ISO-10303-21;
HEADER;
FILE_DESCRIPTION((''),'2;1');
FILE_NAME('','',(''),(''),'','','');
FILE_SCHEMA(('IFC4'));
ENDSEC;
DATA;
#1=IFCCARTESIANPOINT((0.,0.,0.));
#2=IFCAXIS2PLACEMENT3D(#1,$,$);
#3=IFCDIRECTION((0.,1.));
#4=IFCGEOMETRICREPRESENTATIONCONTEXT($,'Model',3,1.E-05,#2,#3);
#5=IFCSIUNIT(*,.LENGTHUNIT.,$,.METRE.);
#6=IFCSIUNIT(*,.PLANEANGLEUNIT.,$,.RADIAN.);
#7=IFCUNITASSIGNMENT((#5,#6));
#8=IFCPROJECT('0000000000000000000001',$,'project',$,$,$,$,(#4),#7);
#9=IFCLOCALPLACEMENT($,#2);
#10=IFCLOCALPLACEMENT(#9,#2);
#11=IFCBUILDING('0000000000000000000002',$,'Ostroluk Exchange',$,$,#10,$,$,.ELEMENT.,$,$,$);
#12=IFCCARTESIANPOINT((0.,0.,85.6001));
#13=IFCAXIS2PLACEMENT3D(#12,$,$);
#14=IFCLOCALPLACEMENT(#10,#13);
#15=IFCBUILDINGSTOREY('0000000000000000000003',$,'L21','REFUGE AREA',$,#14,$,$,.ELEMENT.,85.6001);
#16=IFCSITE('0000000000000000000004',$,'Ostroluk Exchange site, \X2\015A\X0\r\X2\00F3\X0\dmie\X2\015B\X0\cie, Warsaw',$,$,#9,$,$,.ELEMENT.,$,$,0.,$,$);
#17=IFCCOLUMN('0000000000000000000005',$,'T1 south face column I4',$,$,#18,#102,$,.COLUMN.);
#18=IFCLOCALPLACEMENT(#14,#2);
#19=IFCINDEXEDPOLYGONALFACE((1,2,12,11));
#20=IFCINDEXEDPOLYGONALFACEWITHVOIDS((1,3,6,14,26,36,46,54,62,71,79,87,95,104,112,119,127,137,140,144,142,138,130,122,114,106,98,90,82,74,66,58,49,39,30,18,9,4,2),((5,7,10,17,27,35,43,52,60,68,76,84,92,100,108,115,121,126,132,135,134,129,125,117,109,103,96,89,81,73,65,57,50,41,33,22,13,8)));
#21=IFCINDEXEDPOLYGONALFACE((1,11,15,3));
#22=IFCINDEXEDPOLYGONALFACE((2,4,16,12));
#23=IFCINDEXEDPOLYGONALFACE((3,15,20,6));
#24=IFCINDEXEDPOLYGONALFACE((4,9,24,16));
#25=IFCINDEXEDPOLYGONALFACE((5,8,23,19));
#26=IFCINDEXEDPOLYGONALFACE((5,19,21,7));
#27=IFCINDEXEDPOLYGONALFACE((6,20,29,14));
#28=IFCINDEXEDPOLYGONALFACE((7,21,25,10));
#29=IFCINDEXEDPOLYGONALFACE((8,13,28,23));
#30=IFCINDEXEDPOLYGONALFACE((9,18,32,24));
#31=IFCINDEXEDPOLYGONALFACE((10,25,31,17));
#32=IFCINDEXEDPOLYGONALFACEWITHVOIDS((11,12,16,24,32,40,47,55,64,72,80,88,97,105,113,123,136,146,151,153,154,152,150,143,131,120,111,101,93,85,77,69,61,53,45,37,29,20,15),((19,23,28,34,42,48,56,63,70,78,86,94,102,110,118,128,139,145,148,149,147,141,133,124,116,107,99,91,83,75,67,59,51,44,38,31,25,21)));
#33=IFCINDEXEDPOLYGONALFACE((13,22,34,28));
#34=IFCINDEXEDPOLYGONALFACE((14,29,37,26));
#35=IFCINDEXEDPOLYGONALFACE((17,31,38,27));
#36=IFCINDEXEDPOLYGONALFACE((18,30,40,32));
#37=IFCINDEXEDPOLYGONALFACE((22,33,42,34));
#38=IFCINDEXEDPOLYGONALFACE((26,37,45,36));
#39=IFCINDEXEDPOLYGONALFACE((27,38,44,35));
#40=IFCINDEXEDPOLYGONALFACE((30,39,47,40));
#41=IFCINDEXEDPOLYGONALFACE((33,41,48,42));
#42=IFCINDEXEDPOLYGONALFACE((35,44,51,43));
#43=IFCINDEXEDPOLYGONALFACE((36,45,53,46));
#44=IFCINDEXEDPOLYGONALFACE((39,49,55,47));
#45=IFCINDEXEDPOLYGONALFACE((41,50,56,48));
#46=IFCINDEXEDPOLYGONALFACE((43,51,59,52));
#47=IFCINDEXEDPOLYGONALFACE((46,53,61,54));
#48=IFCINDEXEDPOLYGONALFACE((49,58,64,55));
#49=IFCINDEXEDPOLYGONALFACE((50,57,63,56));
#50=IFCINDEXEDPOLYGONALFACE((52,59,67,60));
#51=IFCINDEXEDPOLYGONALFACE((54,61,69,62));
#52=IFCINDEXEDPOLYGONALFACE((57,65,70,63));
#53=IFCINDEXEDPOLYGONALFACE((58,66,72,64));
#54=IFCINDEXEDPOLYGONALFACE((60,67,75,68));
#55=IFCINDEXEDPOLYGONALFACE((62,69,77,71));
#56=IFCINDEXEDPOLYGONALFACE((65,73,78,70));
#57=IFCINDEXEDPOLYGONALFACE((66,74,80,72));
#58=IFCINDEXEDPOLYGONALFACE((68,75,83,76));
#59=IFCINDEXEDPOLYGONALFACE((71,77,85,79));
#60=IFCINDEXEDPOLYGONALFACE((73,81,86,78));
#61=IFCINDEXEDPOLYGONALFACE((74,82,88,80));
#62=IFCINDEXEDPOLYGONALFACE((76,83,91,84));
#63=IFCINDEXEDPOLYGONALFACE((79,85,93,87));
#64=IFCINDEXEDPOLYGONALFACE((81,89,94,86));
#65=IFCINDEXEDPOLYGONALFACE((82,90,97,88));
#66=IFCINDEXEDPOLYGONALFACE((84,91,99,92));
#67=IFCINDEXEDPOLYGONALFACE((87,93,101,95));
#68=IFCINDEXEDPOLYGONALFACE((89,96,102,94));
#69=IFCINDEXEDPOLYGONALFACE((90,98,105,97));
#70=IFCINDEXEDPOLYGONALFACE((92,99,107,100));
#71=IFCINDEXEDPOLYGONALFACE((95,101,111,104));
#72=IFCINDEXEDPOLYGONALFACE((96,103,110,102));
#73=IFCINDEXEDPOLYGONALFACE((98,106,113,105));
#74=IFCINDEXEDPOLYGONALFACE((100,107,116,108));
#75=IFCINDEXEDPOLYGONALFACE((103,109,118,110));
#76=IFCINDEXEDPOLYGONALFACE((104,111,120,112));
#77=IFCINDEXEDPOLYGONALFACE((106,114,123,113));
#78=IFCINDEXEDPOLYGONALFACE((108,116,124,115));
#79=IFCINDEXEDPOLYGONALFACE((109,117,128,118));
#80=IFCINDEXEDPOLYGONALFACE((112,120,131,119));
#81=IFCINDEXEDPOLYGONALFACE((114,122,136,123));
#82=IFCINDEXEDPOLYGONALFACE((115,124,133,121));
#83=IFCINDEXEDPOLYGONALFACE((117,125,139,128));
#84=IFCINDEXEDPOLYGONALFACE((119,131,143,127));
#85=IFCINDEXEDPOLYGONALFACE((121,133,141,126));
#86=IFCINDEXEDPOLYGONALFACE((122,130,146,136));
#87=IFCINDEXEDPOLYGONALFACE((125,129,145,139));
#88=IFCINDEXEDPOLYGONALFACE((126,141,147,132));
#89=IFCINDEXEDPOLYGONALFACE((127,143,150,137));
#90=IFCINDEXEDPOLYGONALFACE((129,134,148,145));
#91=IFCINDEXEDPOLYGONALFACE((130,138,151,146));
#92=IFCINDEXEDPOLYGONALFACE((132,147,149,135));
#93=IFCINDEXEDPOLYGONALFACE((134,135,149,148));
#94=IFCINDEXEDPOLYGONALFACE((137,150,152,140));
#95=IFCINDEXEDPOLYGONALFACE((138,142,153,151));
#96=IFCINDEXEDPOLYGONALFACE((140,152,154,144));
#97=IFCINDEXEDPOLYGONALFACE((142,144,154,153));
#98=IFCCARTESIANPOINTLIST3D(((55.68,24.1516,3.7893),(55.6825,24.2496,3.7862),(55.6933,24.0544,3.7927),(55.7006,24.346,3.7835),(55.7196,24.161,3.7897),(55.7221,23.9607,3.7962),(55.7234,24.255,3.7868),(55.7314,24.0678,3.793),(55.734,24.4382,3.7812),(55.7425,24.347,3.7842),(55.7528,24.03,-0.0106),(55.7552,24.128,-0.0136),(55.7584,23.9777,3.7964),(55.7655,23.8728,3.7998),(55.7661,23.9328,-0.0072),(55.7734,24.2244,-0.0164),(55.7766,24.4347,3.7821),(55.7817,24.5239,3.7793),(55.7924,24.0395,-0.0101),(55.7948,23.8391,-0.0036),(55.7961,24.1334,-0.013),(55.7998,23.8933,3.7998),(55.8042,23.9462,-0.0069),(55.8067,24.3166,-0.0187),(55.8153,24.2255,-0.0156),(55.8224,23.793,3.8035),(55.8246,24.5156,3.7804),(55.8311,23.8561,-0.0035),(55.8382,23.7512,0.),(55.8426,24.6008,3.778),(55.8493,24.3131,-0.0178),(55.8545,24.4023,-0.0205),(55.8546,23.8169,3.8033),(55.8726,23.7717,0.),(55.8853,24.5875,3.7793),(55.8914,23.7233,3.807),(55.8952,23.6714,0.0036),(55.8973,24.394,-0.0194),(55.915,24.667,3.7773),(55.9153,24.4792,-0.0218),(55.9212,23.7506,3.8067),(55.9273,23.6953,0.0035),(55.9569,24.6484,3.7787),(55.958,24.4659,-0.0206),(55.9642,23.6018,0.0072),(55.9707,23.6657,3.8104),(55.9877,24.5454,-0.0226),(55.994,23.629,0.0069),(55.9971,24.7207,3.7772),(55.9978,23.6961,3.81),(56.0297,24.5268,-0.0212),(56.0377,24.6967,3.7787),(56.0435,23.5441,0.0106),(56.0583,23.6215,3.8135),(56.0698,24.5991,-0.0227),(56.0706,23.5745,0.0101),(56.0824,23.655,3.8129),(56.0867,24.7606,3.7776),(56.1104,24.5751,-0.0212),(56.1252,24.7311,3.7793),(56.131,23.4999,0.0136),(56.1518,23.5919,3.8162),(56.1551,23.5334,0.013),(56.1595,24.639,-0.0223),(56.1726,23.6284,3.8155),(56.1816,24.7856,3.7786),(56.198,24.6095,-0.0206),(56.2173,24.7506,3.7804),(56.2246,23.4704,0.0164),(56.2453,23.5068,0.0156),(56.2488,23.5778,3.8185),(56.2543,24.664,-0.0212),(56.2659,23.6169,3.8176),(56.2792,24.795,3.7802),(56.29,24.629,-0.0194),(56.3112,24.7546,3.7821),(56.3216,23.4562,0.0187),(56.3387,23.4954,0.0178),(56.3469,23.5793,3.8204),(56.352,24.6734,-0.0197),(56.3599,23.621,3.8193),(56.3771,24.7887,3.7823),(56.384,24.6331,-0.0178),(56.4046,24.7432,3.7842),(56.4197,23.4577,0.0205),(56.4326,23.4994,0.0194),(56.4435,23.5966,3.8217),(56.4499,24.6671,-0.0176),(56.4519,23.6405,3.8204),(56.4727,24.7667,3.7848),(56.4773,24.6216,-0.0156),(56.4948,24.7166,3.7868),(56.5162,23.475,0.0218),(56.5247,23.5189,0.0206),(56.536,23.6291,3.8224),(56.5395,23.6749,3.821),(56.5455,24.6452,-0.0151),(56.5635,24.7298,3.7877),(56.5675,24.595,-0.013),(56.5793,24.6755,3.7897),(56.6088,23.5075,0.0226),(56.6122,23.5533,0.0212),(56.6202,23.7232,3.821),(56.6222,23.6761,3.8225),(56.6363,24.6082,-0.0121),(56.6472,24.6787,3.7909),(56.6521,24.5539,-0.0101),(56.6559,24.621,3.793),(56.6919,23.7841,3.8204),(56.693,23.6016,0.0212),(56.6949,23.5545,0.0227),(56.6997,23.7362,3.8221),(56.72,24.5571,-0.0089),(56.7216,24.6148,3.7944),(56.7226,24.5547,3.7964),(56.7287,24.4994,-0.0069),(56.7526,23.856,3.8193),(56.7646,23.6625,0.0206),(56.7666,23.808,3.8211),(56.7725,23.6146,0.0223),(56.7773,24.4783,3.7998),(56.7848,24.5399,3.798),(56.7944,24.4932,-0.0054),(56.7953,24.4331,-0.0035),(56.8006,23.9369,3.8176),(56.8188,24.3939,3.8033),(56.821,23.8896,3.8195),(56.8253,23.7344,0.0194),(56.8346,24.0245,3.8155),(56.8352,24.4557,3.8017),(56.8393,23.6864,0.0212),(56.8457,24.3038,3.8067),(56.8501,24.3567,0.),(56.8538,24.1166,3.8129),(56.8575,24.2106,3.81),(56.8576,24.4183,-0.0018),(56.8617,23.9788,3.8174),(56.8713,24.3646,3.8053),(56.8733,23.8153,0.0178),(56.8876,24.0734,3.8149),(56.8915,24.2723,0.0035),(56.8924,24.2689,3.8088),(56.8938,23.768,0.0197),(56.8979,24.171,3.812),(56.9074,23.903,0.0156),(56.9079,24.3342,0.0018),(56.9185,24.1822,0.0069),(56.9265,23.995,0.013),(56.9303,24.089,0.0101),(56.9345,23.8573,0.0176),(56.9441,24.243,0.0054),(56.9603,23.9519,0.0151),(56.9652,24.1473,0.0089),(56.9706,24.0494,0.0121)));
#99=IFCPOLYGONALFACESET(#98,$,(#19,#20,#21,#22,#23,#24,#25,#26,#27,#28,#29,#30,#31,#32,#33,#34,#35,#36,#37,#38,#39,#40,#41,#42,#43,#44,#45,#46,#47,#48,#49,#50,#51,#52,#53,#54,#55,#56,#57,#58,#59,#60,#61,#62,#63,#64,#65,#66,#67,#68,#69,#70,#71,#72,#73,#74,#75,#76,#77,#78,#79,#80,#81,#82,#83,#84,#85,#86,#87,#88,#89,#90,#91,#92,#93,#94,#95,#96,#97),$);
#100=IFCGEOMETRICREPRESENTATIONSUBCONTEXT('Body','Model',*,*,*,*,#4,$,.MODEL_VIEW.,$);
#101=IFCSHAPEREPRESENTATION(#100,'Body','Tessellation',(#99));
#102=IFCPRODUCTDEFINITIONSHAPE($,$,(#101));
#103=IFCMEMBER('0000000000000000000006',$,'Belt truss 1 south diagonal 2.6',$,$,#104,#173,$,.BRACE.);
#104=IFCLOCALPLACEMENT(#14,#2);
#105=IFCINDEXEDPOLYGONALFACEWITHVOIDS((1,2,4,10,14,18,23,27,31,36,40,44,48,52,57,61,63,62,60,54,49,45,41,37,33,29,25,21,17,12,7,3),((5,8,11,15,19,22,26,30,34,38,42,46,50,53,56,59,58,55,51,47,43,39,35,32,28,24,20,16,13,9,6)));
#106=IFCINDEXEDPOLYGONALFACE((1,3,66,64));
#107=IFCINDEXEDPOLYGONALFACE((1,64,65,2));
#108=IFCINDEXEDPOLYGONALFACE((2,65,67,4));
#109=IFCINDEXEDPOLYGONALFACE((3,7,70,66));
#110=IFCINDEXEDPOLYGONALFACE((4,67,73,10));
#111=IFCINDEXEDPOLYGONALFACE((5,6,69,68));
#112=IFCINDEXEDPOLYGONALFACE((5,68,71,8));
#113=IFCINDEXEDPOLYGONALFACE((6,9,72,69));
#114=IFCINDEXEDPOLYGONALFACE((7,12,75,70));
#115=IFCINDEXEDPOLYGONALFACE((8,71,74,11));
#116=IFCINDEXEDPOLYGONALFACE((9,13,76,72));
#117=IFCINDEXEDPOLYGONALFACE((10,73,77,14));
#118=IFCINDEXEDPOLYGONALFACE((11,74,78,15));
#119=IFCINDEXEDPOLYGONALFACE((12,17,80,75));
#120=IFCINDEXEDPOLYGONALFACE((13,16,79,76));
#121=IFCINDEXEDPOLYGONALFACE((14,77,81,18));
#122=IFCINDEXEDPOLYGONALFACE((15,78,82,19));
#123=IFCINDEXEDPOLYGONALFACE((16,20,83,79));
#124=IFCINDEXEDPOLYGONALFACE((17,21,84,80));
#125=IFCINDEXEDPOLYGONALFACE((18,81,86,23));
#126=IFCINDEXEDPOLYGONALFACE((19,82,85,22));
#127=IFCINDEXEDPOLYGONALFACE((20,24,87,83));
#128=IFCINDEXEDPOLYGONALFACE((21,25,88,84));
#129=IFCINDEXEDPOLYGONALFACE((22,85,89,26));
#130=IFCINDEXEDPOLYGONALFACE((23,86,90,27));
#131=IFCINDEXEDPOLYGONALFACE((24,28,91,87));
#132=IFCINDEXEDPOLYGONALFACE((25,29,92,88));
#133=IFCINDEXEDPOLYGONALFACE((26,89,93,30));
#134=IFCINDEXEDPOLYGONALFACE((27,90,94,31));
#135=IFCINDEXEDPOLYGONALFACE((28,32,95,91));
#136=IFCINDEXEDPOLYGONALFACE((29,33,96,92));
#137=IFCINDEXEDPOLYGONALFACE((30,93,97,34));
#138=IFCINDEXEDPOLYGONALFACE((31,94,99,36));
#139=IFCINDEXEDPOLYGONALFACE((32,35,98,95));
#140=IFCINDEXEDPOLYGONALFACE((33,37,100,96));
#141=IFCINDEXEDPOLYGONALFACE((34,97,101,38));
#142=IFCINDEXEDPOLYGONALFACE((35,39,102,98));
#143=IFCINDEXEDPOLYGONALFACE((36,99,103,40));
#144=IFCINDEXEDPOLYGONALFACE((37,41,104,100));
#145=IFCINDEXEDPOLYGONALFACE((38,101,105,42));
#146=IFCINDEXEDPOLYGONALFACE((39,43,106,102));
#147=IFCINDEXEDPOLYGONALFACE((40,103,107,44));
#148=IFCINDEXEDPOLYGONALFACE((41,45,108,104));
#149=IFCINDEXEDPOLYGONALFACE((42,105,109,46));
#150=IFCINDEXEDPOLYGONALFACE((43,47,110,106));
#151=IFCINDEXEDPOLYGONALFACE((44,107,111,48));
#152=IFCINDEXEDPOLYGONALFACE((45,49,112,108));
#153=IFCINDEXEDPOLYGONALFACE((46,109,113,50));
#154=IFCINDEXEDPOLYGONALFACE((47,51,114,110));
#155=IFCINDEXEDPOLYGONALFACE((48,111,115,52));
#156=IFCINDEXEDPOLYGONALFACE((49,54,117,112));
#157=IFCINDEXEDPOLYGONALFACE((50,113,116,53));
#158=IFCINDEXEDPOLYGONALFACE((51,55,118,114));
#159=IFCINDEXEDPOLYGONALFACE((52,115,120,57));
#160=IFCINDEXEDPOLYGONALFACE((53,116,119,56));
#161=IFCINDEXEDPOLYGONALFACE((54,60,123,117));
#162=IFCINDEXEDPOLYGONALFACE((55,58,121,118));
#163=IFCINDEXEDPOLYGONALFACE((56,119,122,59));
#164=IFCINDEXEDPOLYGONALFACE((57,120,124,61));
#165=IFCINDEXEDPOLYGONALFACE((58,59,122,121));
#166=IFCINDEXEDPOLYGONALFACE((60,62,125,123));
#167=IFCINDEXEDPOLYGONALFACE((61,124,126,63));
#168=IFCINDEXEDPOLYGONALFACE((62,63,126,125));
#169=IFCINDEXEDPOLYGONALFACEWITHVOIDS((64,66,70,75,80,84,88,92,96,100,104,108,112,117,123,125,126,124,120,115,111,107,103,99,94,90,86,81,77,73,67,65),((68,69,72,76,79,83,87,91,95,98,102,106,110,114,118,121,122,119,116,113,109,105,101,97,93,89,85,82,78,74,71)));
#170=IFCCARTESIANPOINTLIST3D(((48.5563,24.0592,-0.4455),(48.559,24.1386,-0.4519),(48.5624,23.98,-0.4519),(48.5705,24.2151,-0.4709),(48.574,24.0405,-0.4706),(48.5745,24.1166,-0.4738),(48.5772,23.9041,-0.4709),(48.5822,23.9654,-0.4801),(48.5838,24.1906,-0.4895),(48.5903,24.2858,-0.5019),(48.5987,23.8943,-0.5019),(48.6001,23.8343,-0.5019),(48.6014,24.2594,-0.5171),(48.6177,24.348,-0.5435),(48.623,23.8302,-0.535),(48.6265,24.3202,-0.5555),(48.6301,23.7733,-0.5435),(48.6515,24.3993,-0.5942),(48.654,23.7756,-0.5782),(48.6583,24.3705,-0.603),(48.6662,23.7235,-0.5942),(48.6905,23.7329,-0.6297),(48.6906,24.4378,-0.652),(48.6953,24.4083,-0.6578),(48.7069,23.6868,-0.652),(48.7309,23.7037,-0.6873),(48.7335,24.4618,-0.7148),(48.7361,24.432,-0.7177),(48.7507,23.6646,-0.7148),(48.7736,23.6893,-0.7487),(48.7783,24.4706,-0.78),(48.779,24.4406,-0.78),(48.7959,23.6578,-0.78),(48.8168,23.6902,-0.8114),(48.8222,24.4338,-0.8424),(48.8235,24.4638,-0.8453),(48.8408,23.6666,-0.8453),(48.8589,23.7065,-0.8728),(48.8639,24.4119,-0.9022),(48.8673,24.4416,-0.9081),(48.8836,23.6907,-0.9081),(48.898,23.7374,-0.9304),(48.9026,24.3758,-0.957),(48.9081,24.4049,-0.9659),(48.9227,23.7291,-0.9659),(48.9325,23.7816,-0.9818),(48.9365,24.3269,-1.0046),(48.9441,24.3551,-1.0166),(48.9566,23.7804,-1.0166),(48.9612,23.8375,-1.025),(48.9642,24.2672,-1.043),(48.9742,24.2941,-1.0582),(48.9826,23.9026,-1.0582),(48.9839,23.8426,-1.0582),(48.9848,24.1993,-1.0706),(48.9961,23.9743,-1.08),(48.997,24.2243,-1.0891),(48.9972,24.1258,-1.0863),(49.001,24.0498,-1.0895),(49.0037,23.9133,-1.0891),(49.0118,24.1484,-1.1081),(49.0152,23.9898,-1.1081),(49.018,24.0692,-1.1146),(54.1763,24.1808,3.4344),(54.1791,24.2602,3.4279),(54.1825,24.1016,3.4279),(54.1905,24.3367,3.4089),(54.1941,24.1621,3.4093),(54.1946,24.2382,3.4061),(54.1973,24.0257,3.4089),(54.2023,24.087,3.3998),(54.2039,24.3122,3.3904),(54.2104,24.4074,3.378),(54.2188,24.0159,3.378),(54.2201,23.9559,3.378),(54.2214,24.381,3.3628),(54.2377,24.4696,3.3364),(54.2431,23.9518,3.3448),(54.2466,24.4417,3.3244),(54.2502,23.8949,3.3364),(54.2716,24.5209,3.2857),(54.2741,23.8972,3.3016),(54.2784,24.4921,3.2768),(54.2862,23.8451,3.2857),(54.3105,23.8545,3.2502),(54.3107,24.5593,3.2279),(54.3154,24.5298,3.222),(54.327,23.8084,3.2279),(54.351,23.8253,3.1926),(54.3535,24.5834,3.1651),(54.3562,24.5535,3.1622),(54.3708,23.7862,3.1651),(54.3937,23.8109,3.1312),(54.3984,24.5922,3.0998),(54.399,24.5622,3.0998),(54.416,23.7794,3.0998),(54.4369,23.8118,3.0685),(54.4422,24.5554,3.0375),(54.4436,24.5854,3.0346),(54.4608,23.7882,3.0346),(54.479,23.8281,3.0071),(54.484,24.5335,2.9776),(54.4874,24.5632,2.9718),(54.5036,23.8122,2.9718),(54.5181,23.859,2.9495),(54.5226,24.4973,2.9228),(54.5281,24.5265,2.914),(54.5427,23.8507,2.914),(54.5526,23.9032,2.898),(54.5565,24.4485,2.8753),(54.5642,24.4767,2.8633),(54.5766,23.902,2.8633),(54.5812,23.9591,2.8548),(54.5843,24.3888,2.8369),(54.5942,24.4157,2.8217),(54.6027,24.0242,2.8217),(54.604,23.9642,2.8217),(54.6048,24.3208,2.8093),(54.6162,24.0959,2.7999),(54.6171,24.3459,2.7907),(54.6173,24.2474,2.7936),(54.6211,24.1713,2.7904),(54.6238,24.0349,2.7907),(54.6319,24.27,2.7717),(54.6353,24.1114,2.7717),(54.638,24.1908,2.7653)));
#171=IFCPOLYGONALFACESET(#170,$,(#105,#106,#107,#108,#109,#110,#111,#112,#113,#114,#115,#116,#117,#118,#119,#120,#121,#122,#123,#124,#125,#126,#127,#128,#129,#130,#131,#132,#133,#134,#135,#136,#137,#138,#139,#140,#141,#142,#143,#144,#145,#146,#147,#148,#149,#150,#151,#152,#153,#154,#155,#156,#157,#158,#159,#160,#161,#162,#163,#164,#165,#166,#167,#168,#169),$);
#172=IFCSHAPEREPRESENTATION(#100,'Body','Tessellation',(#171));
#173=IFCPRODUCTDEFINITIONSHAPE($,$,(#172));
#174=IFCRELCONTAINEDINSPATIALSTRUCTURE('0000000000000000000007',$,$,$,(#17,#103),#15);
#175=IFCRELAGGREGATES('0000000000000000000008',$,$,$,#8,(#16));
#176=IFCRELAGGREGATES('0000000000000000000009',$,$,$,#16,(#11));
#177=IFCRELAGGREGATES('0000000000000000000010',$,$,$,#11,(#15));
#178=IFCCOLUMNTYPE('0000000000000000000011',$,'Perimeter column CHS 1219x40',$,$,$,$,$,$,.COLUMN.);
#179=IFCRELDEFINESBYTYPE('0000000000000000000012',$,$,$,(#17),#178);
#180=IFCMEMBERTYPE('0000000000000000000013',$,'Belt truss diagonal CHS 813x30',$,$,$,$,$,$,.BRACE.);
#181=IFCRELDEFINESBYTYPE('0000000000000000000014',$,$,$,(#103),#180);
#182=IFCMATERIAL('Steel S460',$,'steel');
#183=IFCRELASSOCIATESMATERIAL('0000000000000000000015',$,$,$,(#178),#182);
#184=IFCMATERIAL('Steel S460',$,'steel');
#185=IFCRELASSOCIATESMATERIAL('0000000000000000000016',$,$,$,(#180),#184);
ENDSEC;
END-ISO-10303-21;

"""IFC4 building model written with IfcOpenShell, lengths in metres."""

from ifc_helpers import new_model, si_unit, direction, frame, origin, origin_2d, place, context, subcontext, project, spatial, hollow_circle, extrude, material, material_profile, profile_set, type_object, element, save


model = new_model("IFC4")

# Units and contexts
model_context = context("Model", 3, precision=1e-05, world=origin(), true_north=direction((0.0, 1.0)))
body_context = subcontext(model_context, "Body", "Model", "MODEL_VIEW")
ifc_project = project(units=[si_unit("LENGTHUNIT", "METRE"), si_unit("PLANEANGLEUNIT", "RADIAN")], contexts=[model_context])

# Site, building, storey
site_placement = place(None, origin())
site = spatial("IfcSite", under=ifc_project, at=site_placement, Name="Ostroluk Exchange site, Śródmieście, Warsaw", CompositionType="ELEMENT", RefElevation=0.0)
building_placement = place(site_placement, origin())
building = spatial("IfcBuilding", under=site, at=building_placement, Name="Ostroluk Exchange", CompositionType="ELEMENT")
storey_placement = place(building_placement, frame((0.0, 0.0, 85.6001)))
storey = spatial("IfcBuildingStorey", under=building, at=storey_placement, Name="L21", Description="REFUGE AREA", CompositionType="ELEMENT", Elevation=85.6001)

# Column
ifc_material_1 = material(Name="Steel S460", Category="steel")
ifc_material_profile_1 = material_profile(ifc_material_1, hollow_circle(Radius=0.6096, WallThickness=0.04, at=origin_2d()), Name="CHS 1219x40")
ifc_profile_set_1 = profile_set([ifc_material_profile_1], Name="Steel S460")
column_type = type_object("IfcColumnType", Name="Perimeter column CHS 1219x40", PredefinedType="COLUMN", material=ifc_profile_set_1)
column_placement = place(storey_placement, frame((56.3613, 24.0642, 0.0), z_axis=(-0.019133, 0.031975, 0.999306), x_axis=(-0.8581, -0.513482, 0.0)))
element("IfcColumn", 1, at=column_placement, inside=storey, type_object=column_type, Name="T1 south face column I4", PredefinedType="COLUMN", context=body_context, shape_type="SweptSolid", body=[
    extrude(hollow_circle(Radius=0.6096, WallThickness=0.04, at=origin_2d()), origin(), (0.0, 0.0, 1.0), 3.8025),
])

# Member
ifc_material_2 = material(Name="Steel S460", Category="steel")
ifc_material_profile_2 = material_profile(ifc_material_2, hollow_circle(Radius=0.4065, WallThickness=0.03, at=origin_2d()), Name="CHS 813x30")
ifc_profile_set_2 = profile_set([ifc_material_profile_2], Name="Steel S460")
member_type_1 = type_object("IfcMemberType", Name="Belt truss diagonal CHS 813x30", PredefinedType="BRACE", material=ifc_profile_set_2)
member_1_placement = place(storey_placement, frame((48.7871, 24.0642, -0.78), z_axis=(0.822813, 0.0178, 0.568034), x_axis=(-0.021628, 0.999766, 0.0)))
element("IfcMember", 2, at=member_1_placement, inside=storey, type_object=member_type_1, Name="Belt truss 1 south diagonal 2.6", PredefinedType="BRACE", context=body_context, shape_type="SweptSolid", body=[
    extrude(hollow_circle(Radius=0.4065, WallThickness=0.03, at=origin_2d()), origin(), (0.0, 0.0, 1.0), 6.8303),
])

save(model, "model.ifc")
